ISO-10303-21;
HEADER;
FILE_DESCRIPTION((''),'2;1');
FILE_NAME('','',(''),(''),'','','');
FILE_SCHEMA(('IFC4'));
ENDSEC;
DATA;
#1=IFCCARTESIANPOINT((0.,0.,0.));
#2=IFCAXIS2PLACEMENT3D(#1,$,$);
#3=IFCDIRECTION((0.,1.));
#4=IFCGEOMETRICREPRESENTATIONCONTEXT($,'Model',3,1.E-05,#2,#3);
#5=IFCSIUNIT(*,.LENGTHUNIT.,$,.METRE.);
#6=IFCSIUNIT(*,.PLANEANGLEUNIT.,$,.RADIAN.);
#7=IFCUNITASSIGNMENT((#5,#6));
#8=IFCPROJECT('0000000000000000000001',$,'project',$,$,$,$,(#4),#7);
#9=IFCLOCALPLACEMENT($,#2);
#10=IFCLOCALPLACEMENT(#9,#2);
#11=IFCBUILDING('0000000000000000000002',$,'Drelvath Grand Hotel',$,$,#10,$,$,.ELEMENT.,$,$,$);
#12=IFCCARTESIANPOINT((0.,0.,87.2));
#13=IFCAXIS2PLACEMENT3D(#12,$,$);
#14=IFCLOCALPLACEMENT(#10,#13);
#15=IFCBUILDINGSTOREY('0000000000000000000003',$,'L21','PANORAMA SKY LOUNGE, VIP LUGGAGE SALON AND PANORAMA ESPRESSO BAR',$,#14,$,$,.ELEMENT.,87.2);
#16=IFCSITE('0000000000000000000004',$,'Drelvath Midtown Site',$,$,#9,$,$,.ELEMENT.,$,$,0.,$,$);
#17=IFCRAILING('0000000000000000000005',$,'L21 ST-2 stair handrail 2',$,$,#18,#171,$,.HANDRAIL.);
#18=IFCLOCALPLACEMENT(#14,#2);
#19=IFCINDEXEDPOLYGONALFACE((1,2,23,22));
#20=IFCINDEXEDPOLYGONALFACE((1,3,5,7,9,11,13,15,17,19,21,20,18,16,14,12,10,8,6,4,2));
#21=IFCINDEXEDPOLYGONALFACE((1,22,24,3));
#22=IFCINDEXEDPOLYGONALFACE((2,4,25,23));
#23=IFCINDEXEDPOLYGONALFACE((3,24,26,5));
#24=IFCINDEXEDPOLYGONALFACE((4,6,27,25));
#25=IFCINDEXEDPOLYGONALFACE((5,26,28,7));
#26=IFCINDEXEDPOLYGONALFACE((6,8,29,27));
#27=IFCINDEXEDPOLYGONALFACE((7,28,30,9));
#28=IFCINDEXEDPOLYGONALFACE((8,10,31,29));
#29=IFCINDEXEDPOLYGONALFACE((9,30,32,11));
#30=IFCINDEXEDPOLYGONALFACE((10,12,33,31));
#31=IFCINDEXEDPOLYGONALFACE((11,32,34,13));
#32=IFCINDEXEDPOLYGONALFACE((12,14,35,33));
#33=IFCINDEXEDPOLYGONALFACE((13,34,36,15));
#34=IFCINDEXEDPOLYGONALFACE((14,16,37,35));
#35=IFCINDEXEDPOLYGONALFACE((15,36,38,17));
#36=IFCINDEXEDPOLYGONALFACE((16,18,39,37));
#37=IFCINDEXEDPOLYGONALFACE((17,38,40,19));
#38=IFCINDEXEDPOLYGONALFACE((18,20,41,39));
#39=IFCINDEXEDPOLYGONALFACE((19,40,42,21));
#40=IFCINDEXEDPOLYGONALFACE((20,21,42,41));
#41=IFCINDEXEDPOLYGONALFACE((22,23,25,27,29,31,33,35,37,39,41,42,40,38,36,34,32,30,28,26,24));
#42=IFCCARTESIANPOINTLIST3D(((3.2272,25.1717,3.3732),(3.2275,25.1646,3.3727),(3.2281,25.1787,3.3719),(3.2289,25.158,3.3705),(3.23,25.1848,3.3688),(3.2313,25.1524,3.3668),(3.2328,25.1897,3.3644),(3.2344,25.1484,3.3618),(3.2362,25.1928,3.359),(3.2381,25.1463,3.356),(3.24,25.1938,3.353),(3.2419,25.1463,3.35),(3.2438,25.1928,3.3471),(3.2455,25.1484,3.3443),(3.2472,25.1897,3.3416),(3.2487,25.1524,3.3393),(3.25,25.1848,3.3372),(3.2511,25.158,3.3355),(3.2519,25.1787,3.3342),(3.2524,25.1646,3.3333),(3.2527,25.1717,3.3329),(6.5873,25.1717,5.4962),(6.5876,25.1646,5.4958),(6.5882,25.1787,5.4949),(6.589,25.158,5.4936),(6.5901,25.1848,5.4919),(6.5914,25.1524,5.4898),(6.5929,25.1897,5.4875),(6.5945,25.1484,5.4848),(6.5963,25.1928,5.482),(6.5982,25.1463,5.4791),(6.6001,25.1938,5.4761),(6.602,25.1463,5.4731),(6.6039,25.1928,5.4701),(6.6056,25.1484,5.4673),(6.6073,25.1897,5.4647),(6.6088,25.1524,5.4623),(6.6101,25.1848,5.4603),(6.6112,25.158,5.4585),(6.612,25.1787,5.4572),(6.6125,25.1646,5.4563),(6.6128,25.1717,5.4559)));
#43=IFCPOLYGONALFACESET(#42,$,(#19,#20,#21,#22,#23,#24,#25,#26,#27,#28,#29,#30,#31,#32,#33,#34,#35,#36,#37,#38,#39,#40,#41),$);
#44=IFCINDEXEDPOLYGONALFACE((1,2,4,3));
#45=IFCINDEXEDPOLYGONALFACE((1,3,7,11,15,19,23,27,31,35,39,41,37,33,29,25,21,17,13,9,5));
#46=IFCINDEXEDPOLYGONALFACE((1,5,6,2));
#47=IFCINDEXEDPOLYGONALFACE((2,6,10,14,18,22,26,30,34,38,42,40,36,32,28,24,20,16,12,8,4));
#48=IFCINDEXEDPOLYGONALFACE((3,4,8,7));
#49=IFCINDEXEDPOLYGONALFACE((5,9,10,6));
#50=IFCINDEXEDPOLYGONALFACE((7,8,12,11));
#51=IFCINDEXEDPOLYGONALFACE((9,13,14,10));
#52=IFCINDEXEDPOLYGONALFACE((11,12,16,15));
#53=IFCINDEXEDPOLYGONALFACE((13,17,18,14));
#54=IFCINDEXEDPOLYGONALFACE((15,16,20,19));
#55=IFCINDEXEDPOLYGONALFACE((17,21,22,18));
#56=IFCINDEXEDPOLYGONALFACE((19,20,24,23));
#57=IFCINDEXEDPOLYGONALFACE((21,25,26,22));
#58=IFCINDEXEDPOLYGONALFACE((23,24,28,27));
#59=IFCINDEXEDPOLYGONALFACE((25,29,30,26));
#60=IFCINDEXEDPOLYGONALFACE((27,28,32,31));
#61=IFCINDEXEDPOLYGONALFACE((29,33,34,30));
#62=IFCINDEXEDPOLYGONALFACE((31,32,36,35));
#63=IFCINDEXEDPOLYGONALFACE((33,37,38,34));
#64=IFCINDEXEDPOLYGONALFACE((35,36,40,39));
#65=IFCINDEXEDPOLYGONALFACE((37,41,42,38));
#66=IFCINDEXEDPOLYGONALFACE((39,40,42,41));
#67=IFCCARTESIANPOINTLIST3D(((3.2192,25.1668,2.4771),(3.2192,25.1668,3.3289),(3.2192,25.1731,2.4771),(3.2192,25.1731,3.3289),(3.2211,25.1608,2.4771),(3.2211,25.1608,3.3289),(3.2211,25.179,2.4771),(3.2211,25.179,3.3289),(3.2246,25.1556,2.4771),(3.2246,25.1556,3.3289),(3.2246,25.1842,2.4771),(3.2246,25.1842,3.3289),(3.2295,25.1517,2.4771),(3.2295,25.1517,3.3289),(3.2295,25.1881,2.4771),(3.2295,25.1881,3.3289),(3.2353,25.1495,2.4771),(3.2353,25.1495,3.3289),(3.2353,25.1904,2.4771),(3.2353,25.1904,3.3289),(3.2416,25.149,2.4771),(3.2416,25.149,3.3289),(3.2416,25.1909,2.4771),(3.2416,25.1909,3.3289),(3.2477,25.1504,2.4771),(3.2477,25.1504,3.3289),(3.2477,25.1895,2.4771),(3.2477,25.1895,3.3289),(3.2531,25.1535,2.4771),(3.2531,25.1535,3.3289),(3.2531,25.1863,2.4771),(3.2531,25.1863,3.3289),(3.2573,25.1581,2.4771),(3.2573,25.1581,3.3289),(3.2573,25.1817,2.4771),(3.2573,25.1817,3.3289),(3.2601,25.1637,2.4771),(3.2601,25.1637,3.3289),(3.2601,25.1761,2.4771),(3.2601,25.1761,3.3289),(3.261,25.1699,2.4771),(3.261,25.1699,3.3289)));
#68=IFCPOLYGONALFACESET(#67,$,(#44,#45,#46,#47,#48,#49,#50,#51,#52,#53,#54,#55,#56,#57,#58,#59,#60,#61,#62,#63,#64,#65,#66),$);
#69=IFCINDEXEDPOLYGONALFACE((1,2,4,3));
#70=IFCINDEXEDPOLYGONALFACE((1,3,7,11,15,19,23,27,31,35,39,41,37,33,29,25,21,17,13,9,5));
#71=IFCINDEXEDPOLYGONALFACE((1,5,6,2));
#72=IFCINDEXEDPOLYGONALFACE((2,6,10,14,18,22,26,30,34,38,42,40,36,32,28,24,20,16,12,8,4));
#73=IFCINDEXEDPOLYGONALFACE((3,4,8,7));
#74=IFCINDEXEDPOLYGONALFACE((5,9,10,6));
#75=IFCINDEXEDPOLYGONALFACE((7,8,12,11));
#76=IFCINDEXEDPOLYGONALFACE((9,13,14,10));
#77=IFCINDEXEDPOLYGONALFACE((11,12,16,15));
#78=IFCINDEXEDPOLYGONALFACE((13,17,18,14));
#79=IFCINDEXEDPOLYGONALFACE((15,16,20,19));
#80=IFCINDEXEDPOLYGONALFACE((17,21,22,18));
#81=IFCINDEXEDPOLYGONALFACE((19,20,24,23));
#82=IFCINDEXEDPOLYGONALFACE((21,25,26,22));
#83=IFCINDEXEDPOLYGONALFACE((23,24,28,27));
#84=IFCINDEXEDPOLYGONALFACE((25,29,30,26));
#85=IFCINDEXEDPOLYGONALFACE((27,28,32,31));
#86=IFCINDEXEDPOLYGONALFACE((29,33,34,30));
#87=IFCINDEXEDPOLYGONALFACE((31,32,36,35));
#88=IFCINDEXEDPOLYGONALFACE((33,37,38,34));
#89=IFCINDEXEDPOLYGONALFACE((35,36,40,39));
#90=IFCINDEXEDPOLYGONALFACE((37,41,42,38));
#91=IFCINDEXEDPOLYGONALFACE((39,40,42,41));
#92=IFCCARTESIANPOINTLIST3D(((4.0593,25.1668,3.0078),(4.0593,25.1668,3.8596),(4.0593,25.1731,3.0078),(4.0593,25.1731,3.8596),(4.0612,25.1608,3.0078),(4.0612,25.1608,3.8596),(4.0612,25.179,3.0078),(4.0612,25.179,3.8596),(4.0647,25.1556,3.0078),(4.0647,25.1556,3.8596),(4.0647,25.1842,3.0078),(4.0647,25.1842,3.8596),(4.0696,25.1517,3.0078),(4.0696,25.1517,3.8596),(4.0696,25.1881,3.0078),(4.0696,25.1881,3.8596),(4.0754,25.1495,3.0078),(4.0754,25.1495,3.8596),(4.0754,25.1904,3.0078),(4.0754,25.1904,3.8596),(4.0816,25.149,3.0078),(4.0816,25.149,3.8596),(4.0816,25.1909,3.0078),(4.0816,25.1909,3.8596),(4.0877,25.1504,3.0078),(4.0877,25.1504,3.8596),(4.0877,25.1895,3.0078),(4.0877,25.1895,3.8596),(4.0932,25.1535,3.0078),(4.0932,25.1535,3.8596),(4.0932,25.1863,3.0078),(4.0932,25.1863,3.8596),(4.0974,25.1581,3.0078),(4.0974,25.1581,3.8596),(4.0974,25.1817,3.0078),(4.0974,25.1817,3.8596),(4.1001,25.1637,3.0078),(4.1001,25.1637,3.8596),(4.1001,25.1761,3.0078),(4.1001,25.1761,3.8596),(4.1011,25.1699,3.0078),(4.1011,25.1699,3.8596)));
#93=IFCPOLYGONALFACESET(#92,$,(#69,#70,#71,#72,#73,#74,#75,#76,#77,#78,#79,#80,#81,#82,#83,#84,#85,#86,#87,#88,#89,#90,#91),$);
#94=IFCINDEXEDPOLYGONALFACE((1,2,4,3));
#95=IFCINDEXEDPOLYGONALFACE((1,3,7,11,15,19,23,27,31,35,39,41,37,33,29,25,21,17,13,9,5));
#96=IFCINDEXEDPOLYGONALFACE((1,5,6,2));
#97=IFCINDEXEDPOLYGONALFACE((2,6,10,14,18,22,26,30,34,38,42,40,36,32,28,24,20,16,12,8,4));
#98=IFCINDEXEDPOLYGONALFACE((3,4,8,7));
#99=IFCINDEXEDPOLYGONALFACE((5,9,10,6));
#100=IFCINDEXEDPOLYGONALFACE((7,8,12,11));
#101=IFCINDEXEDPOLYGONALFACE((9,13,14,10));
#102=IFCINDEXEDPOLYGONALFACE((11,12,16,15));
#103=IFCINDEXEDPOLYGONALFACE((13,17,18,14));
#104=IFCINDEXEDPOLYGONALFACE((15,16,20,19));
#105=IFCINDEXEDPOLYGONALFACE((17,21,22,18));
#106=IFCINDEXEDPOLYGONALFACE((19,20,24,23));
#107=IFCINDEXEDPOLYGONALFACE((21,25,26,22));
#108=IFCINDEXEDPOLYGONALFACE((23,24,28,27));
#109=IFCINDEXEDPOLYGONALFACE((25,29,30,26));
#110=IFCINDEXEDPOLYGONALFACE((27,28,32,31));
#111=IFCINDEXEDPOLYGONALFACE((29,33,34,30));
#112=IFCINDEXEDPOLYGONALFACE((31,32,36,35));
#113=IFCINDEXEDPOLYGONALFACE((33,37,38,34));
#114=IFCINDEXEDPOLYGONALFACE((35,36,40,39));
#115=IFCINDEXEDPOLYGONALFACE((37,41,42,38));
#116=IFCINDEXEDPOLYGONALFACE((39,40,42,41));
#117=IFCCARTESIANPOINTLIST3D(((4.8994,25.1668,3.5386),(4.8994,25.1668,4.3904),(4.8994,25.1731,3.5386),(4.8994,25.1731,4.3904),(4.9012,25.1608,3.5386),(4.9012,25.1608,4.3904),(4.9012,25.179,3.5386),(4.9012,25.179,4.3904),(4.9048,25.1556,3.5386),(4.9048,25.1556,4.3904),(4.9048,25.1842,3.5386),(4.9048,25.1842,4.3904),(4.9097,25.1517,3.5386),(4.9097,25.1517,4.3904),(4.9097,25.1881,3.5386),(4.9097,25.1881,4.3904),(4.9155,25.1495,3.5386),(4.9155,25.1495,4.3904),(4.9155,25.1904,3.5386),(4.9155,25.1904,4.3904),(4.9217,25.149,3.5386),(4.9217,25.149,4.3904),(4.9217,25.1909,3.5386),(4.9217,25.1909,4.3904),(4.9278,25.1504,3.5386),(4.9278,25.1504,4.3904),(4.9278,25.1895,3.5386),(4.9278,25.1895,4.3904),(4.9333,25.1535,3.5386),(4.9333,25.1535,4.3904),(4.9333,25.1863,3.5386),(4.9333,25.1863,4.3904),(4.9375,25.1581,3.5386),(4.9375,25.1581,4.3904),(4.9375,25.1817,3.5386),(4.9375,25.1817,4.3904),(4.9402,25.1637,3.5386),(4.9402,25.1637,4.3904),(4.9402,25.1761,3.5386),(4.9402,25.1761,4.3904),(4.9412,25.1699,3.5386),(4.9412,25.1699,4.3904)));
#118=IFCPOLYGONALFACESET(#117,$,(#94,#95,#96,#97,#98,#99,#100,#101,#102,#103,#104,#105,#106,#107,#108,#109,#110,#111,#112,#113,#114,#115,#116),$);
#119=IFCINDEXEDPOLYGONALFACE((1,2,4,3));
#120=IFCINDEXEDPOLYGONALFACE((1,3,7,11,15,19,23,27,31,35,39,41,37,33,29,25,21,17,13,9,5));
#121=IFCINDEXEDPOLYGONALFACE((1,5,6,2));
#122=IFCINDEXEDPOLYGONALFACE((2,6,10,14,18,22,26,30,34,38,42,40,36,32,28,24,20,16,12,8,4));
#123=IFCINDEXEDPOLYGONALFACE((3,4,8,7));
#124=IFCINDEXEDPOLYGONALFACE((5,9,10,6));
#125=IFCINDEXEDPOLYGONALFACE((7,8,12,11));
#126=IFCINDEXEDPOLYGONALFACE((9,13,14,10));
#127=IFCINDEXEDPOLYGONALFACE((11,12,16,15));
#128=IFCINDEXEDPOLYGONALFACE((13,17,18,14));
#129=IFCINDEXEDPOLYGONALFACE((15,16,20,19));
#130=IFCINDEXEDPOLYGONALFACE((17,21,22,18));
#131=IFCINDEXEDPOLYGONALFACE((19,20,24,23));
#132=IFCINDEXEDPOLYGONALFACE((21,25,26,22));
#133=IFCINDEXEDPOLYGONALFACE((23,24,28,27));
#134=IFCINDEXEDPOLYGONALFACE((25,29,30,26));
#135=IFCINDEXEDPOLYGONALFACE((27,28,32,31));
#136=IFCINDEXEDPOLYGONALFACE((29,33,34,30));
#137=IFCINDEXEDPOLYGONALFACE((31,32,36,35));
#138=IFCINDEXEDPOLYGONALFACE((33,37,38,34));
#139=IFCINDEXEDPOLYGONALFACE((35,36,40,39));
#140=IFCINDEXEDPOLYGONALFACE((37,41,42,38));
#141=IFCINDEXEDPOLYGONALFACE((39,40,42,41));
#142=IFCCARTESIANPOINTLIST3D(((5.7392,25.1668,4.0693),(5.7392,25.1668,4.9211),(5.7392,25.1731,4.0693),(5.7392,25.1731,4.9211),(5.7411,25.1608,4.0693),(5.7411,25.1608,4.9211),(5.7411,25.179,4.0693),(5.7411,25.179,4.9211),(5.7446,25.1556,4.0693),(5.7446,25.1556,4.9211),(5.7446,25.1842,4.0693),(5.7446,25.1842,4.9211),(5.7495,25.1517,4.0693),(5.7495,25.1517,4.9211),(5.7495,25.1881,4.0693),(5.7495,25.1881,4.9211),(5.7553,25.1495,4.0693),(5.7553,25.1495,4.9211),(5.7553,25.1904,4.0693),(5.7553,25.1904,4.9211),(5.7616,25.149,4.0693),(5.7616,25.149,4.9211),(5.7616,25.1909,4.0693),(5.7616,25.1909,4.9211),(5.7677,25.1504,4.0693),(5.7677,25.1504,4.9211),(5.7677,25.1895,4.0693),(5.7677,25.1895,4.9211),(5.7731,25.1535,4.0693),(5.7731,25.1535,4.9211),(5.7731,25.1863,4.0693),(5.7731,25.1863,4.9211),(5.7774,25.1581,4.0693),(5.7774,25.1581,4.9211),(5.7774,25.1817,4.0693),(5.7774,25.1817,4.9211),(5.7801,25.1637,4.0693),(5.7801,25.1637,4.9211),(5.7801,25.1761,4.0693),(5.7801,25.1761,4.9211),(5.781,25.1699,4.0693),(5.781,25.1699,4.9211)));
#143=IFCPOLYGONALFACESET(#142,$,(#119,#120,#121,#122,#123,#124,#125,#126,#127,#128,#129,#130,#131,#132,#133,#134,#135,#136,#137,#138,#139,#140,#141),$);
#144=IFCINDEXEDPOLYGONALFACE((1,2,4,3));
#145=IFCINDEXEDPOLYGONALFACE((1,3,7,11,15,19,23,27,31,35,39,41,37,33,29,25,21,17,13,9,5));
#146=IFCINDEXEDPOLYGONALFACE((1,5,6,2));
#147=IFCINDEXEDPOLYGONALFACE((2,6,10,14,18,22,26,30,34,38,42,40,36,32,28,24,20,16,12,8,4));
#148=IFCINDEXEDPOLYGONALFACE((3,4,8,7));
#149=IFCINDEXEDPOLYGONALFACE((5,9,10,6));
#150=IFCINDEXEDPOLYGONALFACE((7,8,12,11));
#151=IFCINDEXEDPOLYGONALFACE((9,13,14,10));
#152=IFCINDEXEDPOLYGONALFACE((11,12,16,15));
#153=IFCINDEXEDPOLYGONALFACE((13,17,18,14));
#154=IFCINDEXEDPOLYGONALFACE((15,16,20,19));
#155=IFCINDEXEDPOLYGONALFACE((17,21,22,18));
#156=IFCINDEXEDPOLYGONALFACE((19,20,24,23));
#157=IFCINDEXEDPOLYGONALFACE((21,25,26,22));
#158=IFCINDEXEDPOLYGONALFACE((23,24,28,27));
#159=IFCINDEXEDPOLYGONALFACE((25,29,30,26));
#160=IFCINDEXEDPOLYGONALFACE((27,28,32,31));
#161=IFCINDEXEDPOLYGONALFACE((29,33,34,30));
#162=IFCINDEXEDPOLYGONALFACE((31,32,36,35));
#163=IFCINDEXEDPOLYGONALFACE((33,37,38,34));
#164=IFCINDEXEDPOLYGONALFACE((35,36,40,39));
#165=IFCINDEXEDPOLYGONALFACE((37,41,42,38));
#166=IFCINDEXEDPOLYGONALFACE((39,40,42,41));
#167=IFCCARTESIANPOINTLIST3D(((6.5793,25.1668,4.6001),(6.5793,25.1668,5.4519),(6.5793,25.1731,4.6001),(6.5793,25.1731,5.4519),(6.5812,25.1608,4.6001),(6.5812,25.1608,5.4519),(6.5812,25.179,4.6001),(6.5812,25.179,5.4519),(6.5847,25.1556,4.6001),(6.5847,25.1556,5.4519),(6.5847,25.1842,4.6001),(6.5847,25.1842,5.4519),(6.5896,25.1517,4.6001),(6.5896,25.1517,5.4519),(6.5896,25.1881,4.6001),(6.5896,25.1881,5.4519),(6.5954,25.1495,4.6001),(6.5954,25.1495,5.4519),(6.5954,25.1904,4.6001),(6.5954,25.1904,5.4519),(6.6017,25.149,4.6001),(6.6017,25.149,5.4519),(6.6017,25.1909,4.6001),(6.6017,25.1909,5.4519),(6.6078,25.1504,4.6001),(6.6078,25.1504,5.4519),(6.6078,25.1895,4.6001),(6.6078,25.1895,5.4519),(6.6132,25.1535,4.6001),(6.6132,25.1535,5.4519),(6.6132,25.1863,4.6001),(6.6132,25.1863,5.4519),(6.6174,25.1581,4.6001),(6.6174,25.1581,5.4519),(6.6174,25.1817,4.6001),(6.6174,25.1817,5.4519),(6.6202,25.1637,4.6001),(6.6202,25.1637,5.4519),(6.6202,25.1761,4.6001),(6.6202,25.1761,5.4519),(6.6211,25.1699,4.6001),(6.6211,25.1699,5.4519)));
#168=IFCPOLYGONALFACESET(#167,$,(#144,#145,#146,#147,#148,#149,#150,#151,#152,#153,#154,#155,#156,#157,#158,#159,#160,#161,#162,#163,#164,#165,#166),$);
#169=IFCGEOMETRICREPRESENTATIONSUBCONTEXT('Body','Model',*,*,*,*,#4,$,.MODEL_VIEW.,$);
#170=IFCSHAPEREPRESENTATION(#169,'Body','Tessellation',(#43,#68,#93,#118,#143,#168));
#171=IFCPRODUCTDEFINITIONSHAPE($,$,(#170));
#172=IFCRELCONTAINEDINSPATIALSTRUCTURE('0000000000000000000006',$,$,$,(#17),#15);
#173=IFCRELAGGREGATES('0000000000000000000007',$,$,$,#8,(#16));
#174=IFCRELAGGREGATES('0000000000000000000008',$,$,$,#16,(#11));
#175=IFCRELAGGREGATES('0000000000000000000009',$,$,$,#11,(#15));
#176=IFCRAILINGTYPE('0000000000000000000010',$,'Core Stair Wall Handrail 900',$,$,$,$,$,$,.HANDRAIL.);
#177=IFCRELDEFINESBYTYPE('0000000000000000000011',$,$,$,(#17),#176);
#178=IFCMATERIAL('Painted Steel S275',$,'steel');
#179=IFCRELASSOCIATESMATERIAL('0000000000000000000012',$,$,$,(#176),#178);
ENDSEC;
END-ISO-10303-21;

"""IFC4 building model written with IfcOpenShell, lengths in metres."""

from ifc_helpers import new_model, si_unit, direction, frame, origin, origin_2d, place, context, subcontext, project, spatial, circle, extrude, material, type_object, element, save


model = new_model("IFC4")

# Units and contexts
model_context = context("Model", 3, precision=1e-05, world=origin(), true_north=direction((0.0, 1.0)))
body_context = subcontext(model_context, "Body", "Model", "MODEL_VIEW")
ifc_project = project(units=[si_unit("LENGTHUNIT", "METRE"), si_unit("PLANEANGLEUNIT", "RADIAN")], contexts=[model_context])

# Site, building, storey
site_placement = place(None, origin())
site = spatial("IfcSite", under=ifc_project, at=site_placement, Name="Drelvath Midtown Site", CompositionType="ELEMENT", RefElevation=0.0)
building_placement = place(site_placement, origin())
building = spatial("IfcBuilding", under=site, at=building_placement, Name="Drelvath Grand Hotel", CompositionType="ELEMENT")
storey_placement = place(building_placement, frame((0.0, 0.0, 87.2)))
storey = spatial("IfcBuildingStorey", under=building, at=storey_placement, Name="L21", Description="PANORAMA SKY LOUNGE, VIP LUGGAGE SALON AND PANORAMA ESPRESSO BAR", CompositionType="ELEMENT", Elevation=87.2)

# Railing
ifc_material_1 = material(Name="Painted Steel S275", Category="steel")
railing_type_1 = type_object("IfcRailingType", Name="Core Stair Wall Handrail 900", PredefinedType="HANDRAIL", material=ifc_material_1)
railing_1_placement = place(storey_placement, frame((3.24, 25.1699, 2.4771)))
element("IfcRailing", 1, at=railing_1_placement, inside=storey, type_object=railing_type_1, Name="L21 ST-2 stair handrail 2", PredefinedType="HANDRAIL", context=body_context, shape_type="SweptSolid", body=[
    extrude(circle(Radius=0.0239, at=origin_2d()), frame((0.0, 0.0, 0.876), z_axis=(0.84539, 0.0, 0.53415), x_axis=(0.0, 1.0, 0.0)), (0.0, 0.0, 1.0), 3.9746),
    extrude(circle(Radius=0.021, at=origin_2d()), origin(), (0.0, 0.0, 1.0), 0.8518),
    extrude(circle(Radius=0.021, at=origin_2d()), frame((0.8401, 0.0, 0.5308)), (0.0, 0.0, 1.0), 0.8518),
    extrude(circle(Radius=0.021, at=origin_2d()), frame((1.6802, 0.0, 1.0615)), (0.0, 0.0, 1.0), 0.8518),
    extrude(circle(Radius=0.021, at=origin_2d()), frame((2.52, 0.0, 1.5923)), (0.0, 0.0, 1.0), 0.8518),
    extrude(circle(Radius=0.021, at=origin_2d()), frame((3.3601, 0.0, 2.123)), (0.0, 0.0, 1.0), 0.8518),
])

save(model, "model.ifc")
